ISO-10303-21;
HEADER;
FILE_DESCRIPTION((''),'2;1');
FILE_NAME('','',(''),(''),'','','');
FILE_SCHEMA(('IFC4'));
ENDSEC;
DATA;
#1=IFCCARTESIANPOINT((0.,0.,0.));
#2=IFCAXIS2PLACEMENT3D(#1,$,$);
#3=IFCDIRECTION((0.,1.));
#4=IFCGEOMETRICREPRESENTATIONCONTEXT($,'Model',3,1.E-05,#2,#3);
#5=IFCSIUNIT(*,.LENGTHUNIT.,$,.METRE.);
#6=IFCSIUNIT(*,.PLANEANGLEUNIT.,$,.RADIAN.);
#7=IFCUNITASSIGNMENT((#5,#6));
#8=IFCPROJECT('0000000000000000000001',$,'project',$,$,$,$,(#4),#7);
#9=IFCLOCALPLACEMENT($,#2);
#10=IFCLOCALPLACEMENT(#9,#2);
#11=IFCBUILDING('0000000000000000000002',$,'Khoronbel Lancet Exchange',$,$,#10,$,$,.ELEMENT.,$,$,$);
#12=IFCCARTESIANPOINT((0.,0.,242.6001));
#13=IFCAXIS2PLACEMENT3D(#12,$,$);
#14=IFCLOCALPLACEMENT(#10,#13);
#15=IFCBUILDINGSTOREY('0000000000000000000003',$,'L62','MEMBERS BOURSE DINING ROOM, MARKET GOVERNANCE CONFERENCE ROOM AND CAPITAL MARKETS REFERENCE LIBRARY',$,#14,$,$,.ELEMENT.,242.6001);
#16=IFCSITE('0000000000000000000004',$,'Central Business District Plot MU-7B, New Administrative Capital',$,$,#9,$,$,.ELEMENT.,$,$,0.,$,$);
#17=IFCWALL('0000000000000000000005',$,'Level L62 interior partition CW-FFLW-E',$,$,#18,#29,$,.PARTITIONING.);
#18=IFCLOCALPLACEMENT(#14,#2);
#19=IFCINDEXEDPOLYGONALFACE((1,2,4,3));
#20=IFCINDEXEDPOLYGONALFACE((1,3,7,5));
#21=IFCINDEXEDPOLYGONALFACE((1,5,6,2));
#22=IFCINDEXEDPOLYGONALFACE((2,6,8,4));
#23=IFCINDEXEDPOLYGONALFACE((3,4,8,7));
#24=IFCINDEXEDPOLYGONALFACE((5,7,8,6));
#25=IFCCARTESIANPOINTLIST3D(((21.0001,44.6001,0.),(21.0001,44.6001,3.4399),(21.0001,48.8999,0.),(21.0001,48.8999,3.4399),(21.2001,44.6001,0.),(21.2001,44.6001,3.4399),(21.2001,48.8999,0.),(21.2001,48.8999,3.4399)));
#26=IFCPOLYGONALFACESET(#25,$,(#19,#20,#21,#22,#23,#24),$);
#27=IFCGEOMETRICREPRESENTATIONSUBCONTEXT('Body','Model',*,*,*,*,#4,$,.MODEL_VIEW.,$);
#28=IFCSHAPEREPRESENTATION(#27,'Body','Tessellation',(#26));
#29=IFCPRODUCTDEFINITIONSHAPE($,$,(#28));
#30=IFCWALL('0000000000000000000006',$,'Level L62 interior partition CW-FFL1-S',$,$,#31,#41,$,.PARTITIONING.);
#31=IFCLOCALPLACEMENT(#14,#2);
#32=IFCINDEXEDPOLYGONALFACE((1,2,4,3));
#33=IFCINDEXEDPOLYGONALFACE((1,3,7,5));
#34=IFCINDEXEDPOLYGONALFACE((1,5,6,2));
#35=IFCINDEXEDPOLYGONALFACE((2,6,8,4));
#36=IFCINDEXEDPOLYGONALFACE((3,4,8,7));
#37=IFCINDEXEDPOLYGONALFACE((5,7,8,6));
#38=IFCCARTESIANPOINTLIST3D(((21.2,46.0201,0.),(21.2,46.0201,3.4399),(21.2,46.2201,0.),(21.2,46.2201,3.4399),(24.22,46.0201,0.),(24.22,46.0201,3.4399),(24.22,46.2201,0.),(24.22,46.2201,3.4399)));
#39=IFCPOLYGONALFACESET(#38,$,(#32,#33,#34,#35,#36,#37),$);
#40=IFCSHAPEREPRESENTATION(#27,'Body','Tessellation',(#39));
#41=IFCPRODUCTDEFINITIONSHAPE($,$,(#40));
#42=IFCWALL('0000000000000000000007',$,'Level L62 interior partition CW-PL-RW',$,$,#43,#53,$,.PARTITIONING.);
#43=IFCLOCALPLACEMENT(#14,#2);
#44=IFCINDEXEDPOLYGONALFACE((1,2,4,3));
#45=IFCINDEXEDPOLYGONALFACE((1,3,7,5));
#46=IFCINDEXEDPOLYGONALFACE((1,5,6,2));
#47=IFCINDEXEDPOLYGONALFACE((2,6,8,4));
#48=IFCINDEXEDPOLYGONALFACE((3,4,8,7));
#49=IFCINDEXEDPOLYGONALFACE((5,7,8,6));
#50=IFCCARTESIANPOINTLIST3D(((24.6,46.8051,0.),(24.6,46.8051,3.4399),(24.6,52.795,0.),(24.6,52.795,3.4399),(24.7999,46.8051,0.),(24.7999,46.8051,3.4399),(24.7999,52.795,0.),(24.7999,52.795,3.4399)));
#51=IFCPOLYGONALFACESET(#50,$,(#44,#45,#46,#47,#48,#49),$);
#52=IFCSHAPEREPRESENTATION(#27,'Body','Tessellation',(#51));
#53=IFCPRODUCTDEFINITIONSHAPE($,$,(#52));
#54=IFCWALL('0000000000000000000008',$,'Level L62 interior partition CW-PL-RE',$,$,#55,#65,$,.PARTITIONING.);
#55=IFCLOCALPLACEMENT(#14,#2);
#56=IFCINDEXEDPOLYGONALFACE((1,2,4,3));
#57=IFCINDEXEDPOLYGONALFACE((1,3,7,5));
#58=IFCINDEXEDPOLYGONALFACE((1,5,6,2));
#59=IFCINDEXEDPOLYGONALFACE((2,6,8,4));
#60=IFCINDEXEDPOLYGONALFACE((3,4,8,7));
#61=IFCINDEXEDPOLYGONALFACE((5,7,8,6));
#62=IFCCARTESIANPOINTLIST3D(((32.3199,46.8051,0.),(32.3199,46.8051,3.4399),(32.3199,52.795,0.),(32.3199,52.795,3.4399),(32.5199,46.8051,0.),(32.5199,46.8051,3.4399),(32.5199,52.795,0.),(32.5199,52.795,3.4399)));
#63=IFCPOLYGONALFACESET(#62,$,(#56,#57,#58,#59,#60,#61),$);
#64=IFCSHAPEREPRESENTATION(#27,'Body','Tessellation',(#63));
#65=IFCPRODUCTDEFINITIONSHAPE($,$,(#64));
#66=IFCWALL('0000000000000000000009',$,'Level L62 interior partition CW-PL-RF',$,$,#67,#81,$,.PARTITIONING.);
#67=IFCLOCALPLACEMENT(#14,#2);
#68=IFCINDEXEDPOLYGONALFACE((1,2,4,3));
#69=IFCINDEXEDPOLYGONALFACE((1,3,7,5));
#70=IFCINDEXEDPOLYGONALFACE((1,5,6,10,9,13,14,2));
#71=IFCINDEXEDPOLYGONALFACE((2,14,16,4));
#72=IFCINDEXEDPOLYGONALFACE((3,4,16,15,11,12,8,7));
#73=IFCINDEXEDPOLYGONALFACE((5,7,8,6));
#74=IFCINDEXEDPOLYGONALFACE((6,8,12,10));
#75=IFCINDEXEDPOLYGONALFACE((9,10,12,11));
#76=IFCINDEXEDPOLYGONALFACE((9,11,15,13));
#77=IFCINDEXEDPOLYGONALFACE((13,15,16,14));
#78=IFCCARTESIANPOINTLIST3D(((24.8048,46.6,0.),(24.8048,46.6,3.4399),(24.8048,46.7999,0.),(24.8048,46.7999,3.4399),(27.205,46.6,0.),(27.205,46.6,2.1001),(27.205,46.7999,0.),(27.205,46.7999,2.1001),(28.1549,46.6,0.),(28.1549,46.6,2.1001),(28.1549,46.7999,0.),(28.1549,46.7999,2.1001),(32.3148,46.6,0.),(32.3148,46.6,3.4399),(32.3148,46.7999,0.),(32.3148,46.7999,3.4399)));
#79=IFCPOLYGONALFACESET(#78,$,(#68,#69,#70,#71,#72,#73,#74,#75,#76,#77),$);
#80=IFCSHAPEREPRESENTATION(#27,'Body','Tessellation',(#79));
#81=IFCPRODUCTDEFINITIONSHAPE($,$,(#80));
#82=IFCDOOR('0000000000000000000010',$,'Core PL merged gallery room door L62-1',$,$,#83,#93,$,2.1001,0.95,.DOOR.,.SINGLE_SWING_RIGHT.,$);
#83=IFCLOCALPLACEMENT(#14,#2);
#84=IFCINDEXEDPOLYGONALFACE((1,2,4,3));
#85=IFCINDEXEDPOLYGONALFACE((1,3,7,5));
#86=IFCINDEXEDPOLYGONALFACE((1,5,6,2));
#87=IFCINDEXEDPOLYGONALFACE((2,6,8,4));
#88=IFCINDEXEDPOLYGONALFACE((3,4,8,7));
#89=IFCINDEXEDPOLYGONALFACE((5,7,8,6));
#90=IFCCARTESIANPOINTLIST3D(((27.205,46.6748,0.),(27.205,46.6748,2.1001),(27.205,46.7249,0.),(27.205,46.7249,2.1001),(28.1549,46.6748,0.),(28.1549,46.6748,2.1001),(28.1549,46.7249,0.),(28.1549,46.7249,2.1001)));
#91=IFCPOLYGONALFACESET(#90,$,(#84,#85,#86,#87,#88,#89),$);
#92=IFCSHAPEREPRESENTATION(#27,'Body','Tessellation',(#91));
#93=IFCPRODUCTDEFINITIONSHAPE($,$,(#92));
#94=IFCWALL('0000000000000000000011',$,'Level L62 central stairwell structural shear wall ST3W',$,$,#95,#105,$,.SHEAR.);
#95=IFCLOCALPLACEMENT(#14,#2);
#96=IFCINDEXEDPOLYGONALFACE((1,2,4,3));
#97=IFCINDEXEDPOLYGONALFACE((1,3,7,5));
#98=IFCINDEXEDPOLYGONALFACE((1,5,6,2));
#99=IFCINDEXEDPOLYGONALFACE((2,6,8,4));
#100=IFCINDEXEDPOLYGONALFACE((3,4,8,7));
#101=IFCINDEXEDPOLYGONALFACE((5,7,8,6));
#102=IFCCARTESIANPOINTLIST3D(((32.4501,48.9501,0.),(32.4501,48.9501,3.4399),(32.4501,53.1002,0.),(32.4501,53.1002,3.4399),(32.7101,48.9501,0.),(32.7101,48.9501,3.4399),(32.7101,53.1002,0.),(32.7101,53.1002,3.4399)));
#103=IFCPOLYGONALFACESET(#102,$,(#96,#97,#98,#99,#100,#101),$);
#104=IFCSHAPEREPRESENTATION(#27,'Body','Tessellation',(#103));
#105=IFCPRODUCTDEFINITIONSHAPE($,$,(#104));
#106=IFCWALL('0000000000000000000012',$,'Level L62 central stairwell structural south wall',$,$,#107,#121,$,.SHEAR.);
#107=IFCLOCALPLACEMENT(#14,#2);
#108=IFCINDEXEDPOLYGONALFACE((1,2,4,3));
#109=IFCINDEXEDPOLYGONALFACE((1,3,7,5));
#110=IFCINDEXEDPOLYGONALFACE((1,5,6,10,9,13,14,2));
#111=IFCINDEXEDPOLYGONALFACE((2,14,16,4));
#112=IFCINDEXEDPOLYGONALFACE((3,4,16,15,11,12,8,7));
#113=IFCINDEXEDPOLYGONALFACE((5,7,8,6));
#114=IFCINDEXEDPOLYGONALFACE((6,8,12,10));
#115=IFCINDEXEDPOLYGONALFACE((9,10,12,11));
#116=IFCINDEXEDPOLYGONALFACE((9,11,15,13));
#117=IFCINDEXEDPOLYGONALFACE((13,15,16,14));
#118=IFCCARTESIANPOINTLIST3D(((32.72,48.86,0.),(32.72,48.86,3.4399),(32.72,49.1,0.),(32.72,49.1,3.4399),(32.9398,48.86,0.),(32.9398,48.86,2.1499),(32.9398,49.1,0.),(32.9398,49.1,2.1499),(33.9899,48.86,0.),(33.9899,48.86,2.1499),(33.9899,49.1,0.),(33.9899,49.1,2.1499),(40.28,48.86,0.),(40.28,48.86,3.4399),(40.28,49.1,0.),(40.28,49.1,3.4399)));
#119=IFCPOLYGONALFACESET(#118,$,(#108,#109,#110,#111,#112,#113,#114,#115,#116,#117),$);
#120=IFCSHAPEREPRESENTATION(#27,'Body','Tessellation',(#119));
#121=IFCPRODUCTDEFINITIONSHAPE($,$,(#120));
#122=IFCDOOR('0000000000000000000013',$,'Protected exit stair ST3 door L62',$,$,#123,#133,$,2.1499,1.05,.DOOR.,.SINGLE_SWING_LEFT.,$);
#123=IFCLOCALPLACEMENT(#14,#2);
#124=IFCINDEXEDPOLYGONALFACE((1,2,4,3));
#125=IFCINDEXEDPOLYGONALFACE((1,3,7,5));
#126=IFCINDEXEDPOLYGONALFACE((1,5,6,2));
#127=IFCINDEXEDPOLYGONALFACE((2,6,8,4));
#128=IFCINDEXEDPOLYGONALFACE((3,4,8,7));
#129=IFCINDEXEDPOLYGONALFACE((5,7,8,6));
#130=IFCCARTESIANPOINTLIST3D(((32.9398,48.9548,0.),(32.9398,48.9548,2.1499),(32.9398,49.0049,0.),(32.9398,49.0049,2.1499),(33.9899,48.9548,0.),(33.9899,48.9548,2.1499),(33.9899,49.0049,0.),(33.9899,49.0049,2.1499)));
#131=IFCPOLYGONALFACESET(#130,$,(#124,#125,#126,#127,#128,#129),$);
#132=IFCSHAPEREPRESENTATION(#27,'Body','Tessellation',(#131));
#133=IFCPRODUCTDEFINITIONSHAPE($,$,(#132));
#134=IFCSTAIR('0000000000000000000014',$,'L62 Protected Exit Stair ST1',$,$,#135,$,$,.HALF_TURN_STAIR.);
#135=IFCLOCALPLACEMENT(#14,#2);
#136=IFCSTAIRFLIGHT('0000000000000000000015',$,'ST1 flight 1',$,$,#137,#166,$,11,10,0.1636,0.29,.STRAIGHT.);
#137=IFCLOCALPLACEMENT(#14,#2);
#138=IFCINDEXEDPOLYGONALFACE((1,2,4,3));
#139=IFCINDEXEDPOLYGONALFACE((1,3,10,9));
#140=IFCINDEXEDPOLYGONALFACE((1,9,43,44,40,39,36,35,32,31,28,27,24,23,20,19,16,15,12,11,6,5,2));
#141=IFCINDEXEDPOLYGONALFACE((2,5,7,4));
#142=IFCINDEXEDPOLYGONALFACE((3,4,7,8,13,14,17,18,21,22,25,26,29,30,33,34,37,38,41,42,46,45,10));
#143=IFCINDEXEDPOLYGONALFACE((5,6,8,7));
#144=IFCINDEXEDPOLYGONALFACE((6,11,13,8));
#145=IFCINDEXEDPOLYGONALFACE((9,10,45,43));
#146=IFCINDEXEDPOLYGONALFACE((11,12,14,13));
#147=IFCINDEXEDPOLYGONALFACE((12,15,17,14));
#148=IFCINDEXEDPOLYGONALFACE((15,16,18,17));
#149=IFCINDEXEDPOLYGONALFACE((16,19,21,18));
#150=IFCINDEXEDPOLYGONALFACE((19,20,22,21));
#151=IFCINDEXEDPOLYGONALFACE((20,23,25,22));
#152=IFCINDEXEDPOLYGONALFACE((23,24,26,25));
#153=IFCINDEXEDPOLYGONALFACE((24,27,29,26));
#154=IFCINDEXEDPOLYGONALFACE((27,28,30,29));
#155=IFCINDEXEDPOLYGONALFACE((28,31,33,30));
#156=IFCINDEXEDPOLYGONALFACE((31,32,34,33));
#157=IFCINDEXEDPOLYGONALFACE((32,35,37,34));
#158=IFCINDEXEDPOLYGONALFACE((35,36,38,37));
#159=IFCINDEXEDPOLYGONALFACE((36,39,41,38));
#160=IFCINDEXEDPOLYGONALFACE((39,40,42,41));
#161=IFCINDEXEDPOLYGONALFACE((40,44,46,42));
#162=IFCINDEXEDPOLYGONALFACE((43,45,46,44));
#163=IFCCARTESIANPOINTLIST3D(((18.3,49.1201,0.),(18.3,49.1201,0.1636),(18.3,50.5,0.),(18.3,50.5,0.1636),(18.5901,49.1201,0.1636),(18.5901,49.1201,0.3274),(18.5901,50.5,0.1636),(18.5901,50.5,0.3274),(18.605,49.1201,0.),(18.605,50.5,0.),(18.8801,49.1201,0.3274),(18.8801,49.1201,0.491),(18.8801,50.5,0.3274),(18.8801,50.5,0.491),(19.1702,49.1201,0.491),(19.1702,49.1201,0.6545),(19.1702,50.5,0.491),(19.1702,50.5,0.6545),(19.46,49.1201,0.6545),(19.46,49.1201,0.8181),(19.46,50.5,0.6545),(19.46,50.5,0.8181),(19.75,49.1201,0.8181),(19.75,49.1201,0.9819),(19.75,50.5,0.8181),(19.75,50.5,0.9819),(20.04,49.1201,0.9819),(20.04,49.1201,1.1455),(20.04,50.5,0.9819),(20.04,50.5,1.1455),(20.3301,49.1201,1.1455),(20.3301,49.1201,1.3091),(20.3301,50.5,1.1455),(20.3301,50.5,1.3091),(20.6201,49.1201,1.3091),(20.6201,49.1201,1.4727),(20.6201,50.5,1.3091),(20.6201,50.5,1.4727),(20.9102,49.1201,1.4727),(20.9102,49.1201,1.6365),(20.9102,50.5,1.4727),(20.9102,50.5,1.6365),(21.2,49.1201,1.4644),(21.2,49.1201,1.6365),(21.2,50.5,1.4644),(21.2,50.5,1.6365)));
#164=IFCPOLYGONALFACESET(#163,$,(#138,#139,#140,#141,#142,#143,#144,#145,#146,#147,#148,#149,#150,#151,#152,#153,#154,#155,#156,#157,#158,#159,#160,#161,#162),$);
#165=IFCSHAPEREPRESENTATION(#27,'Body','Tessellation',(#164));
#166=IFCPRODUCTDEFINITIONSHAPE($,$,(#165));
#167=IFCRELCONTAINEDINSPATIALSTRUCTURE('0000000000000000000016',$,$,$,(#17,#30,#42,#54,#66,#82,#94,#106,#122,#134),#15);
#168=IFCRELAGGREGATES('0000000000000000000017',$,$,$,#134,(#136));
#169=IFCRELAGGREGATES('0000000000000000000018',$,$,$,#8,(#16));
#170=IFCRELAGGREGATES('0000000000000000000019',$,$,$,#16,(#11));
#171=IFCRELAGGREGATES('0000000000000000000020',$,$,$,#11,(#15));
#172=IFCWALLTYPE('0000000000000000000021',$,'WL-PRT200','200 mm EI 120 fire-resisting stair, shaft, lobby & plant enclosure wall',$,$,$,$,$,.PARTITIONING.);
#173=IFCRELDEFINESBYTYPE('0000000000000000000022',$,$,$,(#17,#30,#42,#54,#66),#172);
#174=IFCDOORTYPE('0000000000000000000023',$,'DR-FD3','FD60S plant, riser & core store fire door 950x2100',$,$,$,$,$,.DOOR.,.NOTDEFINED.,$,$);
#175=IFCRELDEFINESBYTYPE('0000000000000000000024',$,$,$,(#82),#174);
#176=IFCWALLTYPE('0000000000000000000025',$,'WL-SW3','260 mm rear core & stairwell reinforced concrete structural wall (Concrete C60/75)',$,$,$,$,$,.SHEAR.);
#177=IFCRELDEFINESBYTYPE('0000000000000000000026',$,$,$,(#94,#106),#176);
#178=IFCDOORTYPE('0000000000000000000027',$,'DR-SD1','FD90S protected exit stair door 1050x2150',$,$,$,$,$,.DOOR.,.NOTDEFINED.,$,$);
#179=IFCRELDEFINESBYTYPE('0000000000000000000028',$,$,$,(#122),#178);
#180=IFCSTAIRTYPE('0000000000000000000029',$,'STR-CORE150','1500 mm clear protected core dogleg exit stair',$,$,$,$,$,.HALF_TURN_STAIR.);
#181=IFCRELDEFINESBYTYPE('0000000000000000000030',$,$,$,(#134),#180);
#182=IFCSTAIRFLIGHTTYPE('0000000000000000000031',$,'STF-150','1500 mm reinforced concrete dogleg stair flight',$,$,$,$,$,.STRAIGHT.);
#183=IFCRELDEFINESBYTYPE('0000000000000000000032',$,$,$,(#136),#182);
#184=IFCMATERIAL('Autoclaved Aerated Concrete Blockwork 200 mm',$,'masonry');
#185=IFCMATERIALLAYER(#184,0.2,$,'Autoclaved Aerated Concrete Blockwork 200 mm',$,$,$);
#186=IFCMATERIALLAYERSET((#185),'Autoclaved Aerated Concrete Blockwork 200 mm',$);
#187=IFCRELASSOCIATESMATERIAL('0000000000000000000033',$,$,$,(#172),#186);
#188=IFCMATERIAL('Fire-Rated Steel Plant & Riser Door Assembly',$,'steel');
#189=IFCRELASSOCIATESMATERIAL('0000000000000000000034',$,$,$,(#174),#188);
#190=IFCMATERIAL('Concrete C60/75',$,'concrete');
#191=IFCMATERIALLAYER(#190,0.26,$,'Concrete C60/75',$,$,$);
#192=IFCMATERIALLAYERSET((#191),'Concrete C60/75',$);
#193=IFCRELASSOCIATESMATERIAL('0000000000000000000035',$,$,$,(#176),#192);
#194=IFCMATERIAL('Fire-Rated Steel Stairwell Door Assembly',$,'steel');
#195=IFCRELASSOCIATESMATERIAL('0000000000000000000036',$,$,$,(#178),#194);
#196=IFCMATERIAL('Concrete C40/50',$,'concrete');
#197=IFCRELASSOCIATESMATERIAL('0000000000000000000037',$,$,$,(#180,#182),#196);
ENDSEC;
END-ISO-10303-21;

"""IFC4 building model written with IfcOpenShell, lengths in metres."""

from ifc_helpers import new_model, si_unit, direction, frame, frame_2d, origin, place, context, subcontext, project, spatial, polyline, rectangle, outline, extrude, material, layer, layer_set, type_object, element, fill, aggregate, save


model = new_model("IFC4")

# Units and contexts
model_context = context("Model", 3, precision=1e-05, world=origin(), true_north=direction((0.0, 1.0)))
body_context = subcontext(model_context, "Body", "Model", "MODEL_VIEW")
ifc_project = project(units=[si_unit("LENGTHUNIT", "METRE"), si_unit("PLANEANGLEUNIT", "RADIAN")], contexts=[model_context])

# Site, building, storey
site_placement = place(None, origin())
site = spatial("IfcSite", under=ifc_project, at=site_placement, Name="Central Business District Plot MU-7B, New Administrative Capital", CompositionType="ELEMENT", RefElevation=0.0)
building_placement = place(site_placement, origin())
building = spatial("IfcBuilding", under=site, at=building_placement, Name="Khoronbel Lancet Exchange", CompositionType="ELEMENT")
storey_placement = place(building_placement, frame((0.0, 0.0, 242.6001)))
storey = spatial("IfcBuildingStorey", under=building, at=storey_placement, Name="L62", Description="MEMBERS BOURSE DINING ROOM, MARKET GOVERNANCE CONFERENCE ROOM AND CAPITAL MARKETS REFERENCE LIBRARY", CompositionType="ELEMENT", Elevation=242.6001)

# Shared definitions
ifc_material_1 = material(Name="Autoclaved Aerated Concrete Blockwork 200 mm", Category="masonry")
ifc_layer_1 = layer(ifc_material_1, 0.2, Name="Autoclaved Aerated Concrete Blockwork 200 mm")
ifc_layer_set_1 = layer_set([ifc_layer_1], Name="Autoclaved Aerated Concrete Blockwork 200 mm")
wall_type_1 = type_object("IfcWallType", Name="WL-PRT200", Description="200 mm EI 120 fire-resisting stair, shaft, lobby & plant enclosure wall", PredefinedType="PARTITIONING", material=ifc_layer_set_1)

# Walls
wall_1_placement = place(storey_placement, frame((21.1001, 44.6001, 0.0), z_axis=(0.0, 0.0, 1.0), x_axis=(0.0, 1.0, 0.0)))
element("IfcWall", 1, at=wall_1_placement, inside=storey, type_object=wall_type_1, Name="Level L62 interior partition CW-FFLW-E", PredefinedType="PARTITIONING", context=body_context, shape_type="SweptSolid", body=[
    extrude(rectangle(XDim=4.2998, YDim=0.2, at=frame_2d((2.1499, 0.0))), origin(), (0.0, 0.0, 1.0), 3.4399),
])
wall_2_placement = place(storey_placement, frame((21.2, 46.1201, 0.0), z_axis=(0.0, 0.0, 1.0), x_axis=(1.0, 0.0, 0.0)))
element("IfcWall", 2, at=wall_2_placement, inside=storey, type_object=wall_type_1, Name="Level L62 interior partition CW-FFL1-S", PredefinedType="PARTITIONING", context=body_context, shape_type="SweptSolid", body=[
    extrude(rectangle(XDim=3.02, YDim=0.2, at=frame_2d((1.51, 0.0))), origin(), (0.0, 0.0, 1.0), 3.4399),
])
for number, where, z_axis, x_axis, name in (
    (3, (24.7, 46.8049, 0.0), (0.0, 0.0, 1.0), (0.0, 1.0, 0.0), "Level L62 interior partition CW-PL-RW"),
    (4, (32.4199, 46.8049, 0.0), (0.0, 0.0, 1.0), (0.0, 1.0, 0.0), "Level L62 interior partition CW-PL-RE"),
):
    element("IfcWall", number, at=place(storey_placement, frame(where, z_axis=z_axis, x_axis=x_axis)), inside=storey, type_object=wall_type_1, Name=name, PredefinedType="PARTITIONING", context=body_context, shape_type="SweptSolid", body=[
        extrude(rectangle(XDim=5.99, YDim=0.2, at=frame_2d((2.9951, 0.0))), origin(), (0.0, 0.0, 1.0), 3.4399),
    ])

# Wall, opening, door
wall_3_placement = place(storey_placement, frame((24.8049, 46.7, 0.0), z_axis=(0.0, 0.0, 1.0), x_axis=(1.0, 0.0, 0.0)))
wall_3 = element("IfcWall", 5, at=wall_3_placement, inside=storey, type_object=wall_type_1, Name="Level L62 interior partition CW-PL-RF", PredefinedType="PARTITIONING", context=body_context, shape_type="SweptSolid", body=[
    extrude(rectangle(XDim=7.51, YDim=0.2, at=frame_2d((3.7549, 0.0))), origin(), (0.0, 0.0, 1.0), 3.4399),
])
opening_1_placement = place(wall_3_placement, frame((2.3999, 0.0, 0.0)))
opening_1 = element("IfcOpeningElement", 6, at=opening_1_placement, cuts=wall_3, PredefinedType="OPENING", context=body_context, shape_type="SweptSolid", body=[
    extrude(rectangle(XDim=0.95, YDim=2.1001, at=frame_2d((0.4751, 1.05))), frame((0.0, 0.1099, 0.0), z_axis=(0.0, -1.0, 0.0), x_axis=(1.0, 0.0, 0.0)), (0.0, 0.0, 1.0), 0.22),
])
ifc_material_2 = material(Name="Fire-Rated Steel Plant & Riser Door Assembly", Category="steel")
door_type_1 = type_object("IfcDoorType", Name="DR-FD3", Description="FD60S plant, riser & core store fire door 950x2100", OperationType="NOTDEFINED", PredefinedType="DOOR", material=ifc_material_2)
door_1_placement = place(opening_1_placement, origin())
door_1 = element("IfcDoor", 7, at=door_1_placement, inside=storey, type_object=door_type_1, Name="Core PL merged gallery room door L62-1", OperationType="SINGLE_SWING_RIGHT", OverallHeight=2.1001, OverallWidth=0.95, PredefinedType="DOOR", context=body_context, shape_type="SweptSolid", body=[
    extrude(rectangle(XDim=0.95, YDim=2.1001, at=frame_2d((0.4751, 1.05))), frame((0.0, 0.0249, 0.0), z_axis=(0.0, -1.0, 0.0), x_axis=(1.0, 0.0, 0.0)), (0.0, 0.0, 1.0), 0.05),
])
fill(opening_1, door_1)

# Wall
ifc_material_3 = material(Name="Concrete C60/75", Category="concrete")
ifc_layer_2 = layer(ifc_material_3, 0.26, Name="Concrete C60/75")
ifc_layer_set_2 = layer_set([ifc_layer_2], Name="Concrete C60/75")
wall_type_2 = type_object("IfcWallType", Name="WL-SW3", Description="260 mm rear core & stairwell reinforced concrete structural wall (Concrete C60/75)", PredefinedType="SHEAR", material=ifc_layer_set_2)
wall_4_placement = place(storey_placement, frame((32.5801, 48.95, 0.0), z_axis=(0.0, 0.0, 1.0), x_axis=(0.0, 1.0, 0.0)))
element("IfcWall", 8, at=wall_4_placement, inside=storey, type_object=wall_type_2, Name="Level L62 central stairwell structural shear wall ST3W", PredefinedType="SHEAR", context=body_context, shape_type="SweptSolid", body=[
    extrude(rectangle(XDim=4.1501, YDim=0.26, at=frame_2d((2.0752, 0.0))), origin(), (0.0, 0.0, 1.0), 3.4399),
])

# Wall, opening, door
wall_5_placement = place(storey_placement, frame((32.72, 48.98, 0.0), z_axis=(0.0, 0.0, 1.0), x_axis=(1.0, 0.0, 0.0)))
wall_5 = element("IfcWall", 9, at=wall_5_placement, inside=storey, type_object=wall_type_2, Name="Level L62 central stairwell structural south wall", PredefinedType="SHEAR", context=body_context, shape_type="SweptSolid", body=[
    extrude(rectangle(XDim=7.5601, YDim=0.24, at=frame_2d((3.78, 0.0))), origin(), (0.0, 0.0, 1.0), 3.4399),
])
opening_2_placement = place(wall_5_placement, frame((0.22, 0.0, 0.0)))
opening_2 = element("IfcOpeningElement", 10, at=opening_2_placement, cuts=wall_5, PredefinedType="OPENING", context=body_context, shape_type="SweptSolid", body=[
    extrude(rectangle(XDim=1.05, YDim=2.1499, at=frame_2d((0.5249, 1.075))), frame((0.0, 0.1299, 0.0), z_axis=(0.0, -1.0, 0.0), x_axis=(1.0, 0.0, 0.0)), (0.0, 0.0, 1.0), 0.26),
])
ifc_material_4 = material(Name="Fire-Rated Steel Stairwell Door Assembly", Category="steel")
door_type_2 = type_object("IfcDoorType", Name="DR-SD1", Description="FD90S protected exit stair door 1050x2150", OperationType="NOTDEFINED", PredefinedType="DOOR", material=ifc_material_4)
door_2_placement = place(opening_2_placement, origin())
door_2 = element("IfcDoor", 11, at=door_2_placement, inside=storey, type_object=door_type_2, Name="Protected exit stair ST3 door L62", OperationType="SINGLE_SWING_LEFT", OverallHeight=2.1499, OverallWidth=1.05, PredefinedType="DOOR", context=body_context, shape_type="SweptSolid", body=[
    extrude(rectangle(XDim=1.05, YDim=2.1499, at=frame_2d((0.5249, 1.075))), frame((0.0, 0.0249, 0.0), z_axis=(0.0, -1.0, 0.0), x_axis=(1.0, 0.0, 0.0)), (0.0, 0.0, 1.0), 0.05),
])
fill(opening_2, door_2)

# Stair, stair flight
ifc_material_5 = material(Name="Concrete C40/50", Category="concrete")
stair_type = type_object("IfcStairType", Name="STR-CORE150", Description="1500 mm clear protected core dogleg exit stair", PredefinedType="HALF_TURN_STAIR", material=ifc_material_5)
stair_placement = place(storey_placement, origin())
stair = element("IfcStair", 12, at=stair_placement, inside=storey, type_object=stair_type, Name="L62 Protected Exit Stair ST1", PredefinedType="HALF_TURN_STAIR")
stair_flight_type = type_object("IfcStairFlightType", Name="STF-150", Description="1500 mm reinforced concrete dogleg stair flight", PredefinedType="STRAIGHT", material=ifc_material_5)
stair_flight_1_placement = place(storey_placement, frame((18.3, 49.8101, 0.0), z_axis=(0.0, 0.0, 1.0), x_axis=(1.0, 0.0, 0.0)))
stair_flight_1 = element("IfcStairFlight", 13, at=stair_flight_1_placement, type_object=stair_flight_type, Name="ST1 flight 1", NumberOfRisers=11, NumberOfTreads=10, PredefinedType="STRAIGHT", RiserHeight=0.1636, TreadLength=0.29, context=body_context, shape_type="SweptSolid", body=[
    extrude(outline(polyline([(0.0, 0.0), (0.0, 0.1636), (0.29, 0.1636), (0.29, 0.3274), (0.5801, 0.3274), (0.5801, 0.491), (0.8701, 0.491), (0.8701, 0.6545), (1.1599, 0.6545), (1.1599, 0.8181), (1.45, 0.8181), (1.45, 0.9819), (1.74, 0.9819), (1.74, 1.1455), (2.03, 1.1455), (2.03, 1.3091), (2.3201, 1.3091), (2.3201, 1.4727), (2.6101, 1.4727), (2.6101, 1.6365), (2.8999, 1.6365), (2.8999, 1.8), (2.8999, 1.4644), (0.3049, 0.0), (0.0, 0.0)])), frame((0.0, 0.6899, 0.0), z_axis=(0.0, -1.0, 0.0), x_axis=(1.0, 0.0, 0.0)), (0.0, 0.0, 1.0), 1.3799),
])
aggregate(stair, [stair_flight_1])

save(model, "model.ifc")
